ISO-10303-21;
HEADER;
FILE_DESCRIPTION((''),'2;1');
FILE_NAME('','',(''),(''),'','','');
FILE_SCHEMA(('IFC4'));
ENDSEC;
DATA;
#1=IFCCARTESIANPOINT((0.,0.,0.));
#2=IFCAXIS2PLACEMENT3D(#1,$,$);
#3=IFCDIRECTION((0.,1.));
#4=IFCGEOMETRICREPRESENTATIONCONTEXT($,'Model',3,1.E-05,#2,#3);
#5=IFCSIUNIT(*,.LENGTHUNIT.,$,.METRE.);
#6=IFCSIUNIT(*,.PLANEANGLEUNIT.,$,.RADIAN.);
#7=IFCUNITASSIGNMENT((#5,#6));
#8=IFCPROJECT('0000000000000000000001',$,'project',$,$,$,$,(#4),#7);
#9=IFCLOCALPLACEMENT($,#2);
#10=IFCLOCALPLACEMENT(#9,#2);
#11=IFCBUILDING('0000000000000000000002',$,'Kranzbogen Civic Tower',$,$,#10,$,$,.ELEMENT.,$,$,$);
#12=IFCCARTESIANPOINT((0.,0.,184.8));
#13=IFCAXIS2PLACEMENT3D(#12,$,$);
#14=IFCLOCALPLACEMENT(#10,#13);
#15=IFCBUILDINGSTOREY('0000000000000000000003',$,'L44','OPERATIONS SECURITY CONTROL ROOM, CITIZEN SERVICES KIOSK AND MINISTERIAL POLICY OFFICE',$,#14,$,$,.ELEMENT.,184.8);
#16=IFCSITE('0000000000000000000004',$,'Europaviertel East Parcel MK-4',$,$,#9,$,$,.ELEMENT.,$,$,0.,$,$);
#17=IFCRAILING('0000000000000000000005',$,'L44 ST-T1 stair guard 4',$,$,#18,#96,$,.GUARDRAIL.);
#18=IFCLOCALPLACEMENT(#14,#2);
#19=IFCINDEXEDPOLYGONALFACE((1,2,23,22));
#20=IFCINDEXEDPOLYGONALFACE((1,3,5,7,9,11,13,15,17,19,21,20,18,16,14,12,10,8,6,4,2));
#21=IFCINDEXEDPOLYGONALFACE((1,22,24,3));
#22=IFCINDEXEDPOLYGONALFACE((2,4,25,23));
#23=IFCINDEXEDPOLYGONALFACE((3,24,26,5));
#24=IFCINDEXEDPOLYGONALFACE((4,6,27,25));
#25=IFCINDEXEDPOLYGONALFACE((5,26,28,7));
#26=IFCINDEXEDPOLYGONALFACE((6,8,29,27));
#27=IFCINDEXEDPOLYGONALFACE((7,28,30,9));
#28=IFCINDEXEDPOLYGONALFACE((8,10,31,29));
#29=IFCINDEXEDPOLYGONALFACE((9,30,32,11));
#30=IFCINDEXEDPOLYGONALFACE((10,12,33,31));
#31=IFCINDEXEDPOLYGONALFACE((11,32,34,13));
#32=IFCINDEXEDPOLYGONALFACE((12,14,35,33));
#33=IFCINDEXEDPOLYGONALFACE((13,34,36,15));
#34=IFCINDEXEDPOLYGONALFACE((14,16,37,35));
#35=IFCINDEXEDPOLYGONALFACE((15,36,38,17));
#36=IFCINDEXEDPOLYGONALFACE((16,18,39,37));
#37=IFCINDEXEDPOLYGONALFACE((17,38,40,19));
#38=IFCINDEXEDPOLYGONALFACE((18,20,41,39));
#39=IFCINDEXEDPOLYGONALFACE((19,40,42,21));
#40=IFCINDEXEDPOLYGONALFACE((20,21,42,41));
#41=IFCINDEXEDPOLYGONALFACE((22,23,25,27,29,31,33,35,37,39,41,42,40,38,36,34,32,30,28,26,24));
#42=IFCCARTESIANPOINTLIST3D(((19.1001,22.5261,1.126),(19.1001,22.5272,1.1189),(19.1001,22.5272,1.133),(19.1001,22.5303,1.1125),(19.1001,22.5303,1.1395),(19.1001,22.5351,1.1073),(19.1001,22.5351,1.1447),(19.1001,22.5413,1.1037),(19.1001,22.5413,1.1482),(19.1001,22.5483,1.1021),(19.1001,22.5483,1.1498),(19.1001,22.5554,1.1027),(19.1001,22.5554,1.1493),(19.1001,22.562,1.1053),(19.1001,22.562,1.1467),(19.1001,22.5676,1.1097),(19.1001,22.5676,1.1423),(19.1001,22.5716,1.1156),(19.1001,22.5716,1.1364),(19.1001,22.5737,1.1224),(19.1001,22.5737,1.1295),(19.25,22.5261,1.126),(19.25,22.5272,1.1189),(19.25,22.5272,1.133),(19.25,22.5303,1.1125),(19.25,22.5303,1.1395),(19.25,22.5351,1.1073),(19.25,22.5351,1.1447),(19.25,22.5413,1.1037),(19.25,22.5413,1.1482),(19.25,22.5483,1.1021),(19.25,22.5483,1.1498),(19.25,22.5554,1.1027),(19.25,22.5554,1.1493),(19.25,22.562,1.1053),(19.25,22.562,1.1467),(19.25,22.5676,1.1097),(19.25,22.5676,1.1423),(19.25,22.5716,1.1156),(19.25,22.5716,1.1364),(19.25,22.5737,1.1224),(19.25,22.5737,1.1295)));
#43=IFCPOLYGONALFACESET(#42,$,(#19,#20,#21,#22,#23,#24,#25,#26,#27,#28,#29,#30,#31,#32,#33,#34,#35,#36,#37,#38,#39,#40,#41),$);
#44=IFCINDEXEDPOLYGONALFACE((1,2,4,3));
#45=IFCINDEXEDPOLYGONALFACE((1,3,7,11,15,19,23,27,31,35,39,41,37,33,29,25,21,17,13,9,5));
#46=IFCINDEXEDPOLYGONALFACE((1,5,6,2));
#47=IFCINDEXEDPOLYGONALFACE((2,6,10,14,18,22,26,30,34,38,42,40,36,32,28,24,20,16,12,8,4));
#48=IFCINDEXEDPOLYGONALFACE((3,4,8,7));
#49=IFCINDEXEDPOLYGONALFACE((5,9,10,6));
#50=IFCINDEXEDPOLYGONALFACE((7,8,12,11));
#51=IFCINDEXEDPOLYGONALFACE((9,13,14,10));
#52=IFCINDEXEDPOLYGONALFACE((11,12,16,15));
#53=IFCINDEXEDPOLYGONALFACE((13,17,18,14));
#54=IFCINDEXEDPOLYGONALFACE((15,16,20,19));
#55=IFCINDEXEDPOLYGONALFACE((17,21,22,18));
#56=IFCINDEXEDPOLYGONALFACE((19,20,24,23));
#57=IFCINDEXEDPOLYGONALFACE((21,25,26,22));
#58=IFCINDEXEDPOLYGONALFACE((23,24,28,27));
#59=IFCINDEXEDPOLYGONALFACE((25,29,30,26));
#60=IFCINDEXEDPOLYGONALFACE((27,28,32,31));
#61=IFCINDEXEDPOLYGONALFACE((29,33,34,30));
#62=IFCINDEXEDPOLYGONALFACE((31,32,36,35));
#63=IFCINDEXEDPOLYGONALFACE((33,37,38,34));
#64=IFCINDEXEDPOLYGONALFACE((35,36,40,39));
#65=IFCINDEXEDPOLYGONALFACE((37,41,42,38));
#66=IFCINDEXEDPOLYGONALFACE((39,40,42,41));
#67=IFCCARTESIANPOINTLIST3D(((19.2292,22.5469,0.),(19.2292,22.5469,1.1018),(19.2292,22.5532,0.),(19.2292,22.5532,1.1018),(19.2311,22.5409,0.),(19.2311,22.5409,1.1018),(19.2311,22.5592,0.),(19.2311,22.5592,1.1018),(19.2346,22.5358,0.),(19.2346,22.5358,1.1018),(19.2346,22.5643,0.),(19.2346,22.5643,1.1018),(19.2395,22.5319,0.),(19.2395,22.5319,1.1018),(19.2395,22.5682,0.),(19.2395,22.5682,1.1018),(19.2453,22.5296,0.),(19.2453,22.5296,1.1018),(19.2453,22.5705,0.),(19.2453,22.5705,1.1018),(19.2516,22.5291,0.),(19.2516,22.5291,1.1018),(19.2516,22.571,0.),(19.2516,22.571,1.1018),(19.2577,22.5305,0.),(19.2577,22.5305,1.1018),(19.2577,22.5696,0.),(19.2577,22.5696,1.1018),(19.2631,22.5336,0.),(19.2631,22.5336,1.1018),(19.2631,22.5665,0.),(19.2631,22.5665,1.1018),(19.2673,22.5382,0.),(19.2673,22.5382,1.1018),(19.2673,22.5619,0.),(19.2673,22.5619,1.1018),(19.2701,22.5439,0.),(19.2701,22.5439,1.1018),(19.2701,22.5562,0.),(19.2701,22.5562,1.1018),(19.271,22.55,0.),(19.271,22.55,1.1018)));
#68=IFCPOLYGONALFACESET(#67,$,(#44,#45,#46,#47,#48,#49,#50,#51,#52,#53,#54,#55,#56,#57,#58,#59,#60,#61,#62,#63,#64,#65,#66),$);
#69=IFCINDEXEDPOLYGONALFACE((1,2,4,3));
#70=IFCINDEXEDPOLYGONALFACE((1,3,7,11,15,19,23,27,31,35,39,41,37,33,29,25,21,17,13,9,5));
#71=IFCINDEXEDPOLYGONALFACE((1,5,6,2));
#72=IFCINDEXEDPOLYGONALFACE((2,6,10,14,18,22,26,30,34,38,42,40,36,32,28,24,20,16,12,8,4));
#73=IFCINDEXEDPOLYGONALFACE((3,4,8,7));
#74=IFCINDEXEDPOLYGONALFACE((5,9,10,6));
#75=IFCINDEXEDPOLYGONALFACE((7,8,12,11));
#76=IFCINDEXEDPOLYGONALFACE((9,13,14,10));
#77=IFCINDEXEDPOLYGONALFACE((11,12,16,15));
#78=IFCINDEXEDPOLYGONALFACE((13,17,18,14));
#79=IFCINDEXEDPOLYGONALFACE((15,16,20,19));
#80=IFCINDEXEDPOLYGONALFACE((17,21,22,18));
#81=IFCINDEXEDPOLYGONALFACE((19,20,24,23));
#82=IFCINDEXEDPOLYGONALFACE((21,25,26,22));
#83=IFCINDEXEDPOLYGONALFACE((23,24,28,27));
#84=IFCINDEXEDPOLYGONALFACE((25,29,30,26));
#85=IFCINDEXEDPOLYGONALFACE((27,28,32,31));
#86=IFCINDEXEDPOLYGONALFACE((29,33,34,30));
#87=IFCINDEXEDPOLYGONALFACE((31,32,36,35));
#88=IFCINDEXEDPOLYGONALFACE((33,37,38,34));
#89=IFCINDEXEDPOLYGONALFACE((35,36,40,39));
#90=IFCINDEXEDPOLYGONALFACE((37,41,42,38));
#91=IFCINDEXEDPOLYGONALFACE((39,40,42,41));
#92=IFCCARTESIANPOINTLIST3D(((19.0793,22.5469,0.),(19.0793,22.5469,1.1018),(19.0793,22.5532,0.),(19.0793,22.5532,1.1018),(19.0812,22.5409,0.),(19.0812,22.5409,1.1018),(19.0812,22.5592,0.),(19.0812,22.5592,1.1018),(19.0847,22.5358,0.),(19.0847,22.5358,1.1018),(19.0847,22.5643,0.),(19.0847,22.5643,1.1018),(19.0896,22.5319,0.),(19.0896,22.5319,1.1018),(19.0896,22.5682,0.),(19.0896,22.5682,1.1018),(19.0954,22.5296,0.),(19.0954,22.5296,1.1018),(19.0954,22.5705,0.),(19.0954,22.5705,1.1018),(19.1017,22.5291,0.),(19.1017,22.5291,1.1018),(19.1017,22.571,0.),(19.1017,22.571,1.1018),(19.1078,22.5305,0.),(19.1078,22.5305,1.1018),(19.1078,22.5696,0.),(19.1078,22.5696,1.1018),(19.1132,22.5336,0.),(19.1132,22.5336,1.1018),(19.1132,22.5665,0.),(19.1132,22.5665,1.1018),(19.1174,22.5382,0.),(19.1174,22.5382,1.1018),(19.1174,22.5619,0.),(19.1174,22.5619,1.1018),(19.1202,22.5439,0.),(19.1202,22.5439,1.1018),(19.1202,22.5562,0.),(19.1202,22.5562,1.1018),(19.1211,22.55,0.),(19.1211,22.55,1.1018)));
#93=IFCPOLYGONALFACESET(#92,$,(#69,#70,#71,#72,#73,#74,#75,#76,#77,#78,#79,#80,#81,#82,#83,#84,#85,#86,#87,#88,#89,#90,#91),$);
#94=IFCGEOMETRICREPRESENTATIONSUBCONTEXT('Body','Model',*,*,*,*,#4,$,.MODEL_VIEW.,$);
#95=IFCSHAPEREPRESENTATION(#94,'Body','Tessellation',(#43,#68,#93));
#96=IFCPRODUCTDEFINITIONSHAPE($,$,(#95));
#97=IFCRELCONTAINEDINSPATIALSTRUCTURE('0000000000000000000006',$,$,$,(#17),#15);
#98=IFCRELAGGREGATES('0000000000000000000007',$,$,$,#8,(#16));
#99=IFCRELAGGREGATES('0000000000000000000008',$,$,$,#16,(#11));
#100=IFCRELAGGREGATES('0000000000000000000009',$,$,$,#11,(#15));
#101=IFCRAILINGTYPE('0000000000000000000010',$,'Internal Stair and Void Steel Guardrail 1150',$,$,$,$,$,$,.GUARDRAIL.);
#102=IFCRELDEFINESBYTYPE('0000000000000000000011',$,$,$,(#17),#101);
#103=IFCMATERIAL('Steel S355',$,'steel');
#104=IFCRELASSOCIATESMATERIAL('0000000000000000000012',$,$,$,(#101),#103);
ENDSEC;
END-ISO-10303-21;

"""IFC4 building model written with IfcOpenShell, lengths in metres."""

from ifc_helpers import new_model, si_unit, direction, frame, origin, origin_2d, place, context, subcontext, project, spatial, circle, extrude, material, type_object, element, save


model = new_model("IFC4")

# Units and contexts
model_context = context("Model", 3, precision=1e-05, world=origin(), true_north=direction((0.0, 1.0)))
body_context = subcontext(model_context, "Body", "Model", "MODEL_VIEW")
ifc_project = project(units=[si_unit("LENGTHUNIT", "METRE"), si_unit("PLANEANGLEUNIT", "RADIAN")], contexts=[model_context])

# Site, building, storey
site_placement = place(None, origin())
site = spatial("IfcSite", under=ifc_project, at=site_placement, Name="Europaviertel East Parcel MK-4", CompositionType="ELEMENT", RefElevation=0.0)
building_placement = place(site_placement, origin())
building = spatial("IfcBuilding", under=site, at=building_placement, Name="Kranzbogen Civic Tower", CompositionType="ELEMENT")
storey_placement = place(building_placement, frame((0.0, 0.0, 184.8)))
storey = spatial("IfcBuildingStorey", under=building, at=storey_placement, Name="L44", Description="OPERATIONS SECURITY CONTROL ROOM, CITIZEN SERVICES KIOSK AND MINISTERIAL POLICY OFFICE", CompositionType="ELEMENT", Elevation=184.8)

# Shared definitions
ifc_material_1 = material(Name="Steel S355", Category="steel")

# Railing
railing_type_1 = type_object("IfcRailingType", Name="Internal Stair and Void Steel Guardrail 1150", PredefinedType="GUARDRAIL", material=ifc_material_1)
railing_1_placement = place(storey_placement, frame((19.25, 22.55, 0.0)))
element("IfcRailing", 1, at=railing_1_placement, inside=storey, type_object=railing_type_1, Name="L44 ST-T1 stair guard 4", PredefinedType="GUARDRAIL", context=body_context, shape_type="SweptSolid", body=[
    extrude(circle(Radius=0.0239, at=origin_2d()), frame((0.0, 0.0, 1.126), z_axis=(-1.0, 0.0, 0.0), x_axis=(0.0, -1.0, 0.0)), (0.0, 0.0, 1.0), 0.1499),
    extrude(circle(Radius=0.021, at=origin_2d()), origin(), (0.0, 0.0, 1.0), 1.1018),
    extrude(circle(Radius=0.021, at=origin_2d()), frame((-0.1499, 0.0, 0.0)), (0.0, 0.0, 1.0), 1.1018),
])

save(model, "model.ifc")
